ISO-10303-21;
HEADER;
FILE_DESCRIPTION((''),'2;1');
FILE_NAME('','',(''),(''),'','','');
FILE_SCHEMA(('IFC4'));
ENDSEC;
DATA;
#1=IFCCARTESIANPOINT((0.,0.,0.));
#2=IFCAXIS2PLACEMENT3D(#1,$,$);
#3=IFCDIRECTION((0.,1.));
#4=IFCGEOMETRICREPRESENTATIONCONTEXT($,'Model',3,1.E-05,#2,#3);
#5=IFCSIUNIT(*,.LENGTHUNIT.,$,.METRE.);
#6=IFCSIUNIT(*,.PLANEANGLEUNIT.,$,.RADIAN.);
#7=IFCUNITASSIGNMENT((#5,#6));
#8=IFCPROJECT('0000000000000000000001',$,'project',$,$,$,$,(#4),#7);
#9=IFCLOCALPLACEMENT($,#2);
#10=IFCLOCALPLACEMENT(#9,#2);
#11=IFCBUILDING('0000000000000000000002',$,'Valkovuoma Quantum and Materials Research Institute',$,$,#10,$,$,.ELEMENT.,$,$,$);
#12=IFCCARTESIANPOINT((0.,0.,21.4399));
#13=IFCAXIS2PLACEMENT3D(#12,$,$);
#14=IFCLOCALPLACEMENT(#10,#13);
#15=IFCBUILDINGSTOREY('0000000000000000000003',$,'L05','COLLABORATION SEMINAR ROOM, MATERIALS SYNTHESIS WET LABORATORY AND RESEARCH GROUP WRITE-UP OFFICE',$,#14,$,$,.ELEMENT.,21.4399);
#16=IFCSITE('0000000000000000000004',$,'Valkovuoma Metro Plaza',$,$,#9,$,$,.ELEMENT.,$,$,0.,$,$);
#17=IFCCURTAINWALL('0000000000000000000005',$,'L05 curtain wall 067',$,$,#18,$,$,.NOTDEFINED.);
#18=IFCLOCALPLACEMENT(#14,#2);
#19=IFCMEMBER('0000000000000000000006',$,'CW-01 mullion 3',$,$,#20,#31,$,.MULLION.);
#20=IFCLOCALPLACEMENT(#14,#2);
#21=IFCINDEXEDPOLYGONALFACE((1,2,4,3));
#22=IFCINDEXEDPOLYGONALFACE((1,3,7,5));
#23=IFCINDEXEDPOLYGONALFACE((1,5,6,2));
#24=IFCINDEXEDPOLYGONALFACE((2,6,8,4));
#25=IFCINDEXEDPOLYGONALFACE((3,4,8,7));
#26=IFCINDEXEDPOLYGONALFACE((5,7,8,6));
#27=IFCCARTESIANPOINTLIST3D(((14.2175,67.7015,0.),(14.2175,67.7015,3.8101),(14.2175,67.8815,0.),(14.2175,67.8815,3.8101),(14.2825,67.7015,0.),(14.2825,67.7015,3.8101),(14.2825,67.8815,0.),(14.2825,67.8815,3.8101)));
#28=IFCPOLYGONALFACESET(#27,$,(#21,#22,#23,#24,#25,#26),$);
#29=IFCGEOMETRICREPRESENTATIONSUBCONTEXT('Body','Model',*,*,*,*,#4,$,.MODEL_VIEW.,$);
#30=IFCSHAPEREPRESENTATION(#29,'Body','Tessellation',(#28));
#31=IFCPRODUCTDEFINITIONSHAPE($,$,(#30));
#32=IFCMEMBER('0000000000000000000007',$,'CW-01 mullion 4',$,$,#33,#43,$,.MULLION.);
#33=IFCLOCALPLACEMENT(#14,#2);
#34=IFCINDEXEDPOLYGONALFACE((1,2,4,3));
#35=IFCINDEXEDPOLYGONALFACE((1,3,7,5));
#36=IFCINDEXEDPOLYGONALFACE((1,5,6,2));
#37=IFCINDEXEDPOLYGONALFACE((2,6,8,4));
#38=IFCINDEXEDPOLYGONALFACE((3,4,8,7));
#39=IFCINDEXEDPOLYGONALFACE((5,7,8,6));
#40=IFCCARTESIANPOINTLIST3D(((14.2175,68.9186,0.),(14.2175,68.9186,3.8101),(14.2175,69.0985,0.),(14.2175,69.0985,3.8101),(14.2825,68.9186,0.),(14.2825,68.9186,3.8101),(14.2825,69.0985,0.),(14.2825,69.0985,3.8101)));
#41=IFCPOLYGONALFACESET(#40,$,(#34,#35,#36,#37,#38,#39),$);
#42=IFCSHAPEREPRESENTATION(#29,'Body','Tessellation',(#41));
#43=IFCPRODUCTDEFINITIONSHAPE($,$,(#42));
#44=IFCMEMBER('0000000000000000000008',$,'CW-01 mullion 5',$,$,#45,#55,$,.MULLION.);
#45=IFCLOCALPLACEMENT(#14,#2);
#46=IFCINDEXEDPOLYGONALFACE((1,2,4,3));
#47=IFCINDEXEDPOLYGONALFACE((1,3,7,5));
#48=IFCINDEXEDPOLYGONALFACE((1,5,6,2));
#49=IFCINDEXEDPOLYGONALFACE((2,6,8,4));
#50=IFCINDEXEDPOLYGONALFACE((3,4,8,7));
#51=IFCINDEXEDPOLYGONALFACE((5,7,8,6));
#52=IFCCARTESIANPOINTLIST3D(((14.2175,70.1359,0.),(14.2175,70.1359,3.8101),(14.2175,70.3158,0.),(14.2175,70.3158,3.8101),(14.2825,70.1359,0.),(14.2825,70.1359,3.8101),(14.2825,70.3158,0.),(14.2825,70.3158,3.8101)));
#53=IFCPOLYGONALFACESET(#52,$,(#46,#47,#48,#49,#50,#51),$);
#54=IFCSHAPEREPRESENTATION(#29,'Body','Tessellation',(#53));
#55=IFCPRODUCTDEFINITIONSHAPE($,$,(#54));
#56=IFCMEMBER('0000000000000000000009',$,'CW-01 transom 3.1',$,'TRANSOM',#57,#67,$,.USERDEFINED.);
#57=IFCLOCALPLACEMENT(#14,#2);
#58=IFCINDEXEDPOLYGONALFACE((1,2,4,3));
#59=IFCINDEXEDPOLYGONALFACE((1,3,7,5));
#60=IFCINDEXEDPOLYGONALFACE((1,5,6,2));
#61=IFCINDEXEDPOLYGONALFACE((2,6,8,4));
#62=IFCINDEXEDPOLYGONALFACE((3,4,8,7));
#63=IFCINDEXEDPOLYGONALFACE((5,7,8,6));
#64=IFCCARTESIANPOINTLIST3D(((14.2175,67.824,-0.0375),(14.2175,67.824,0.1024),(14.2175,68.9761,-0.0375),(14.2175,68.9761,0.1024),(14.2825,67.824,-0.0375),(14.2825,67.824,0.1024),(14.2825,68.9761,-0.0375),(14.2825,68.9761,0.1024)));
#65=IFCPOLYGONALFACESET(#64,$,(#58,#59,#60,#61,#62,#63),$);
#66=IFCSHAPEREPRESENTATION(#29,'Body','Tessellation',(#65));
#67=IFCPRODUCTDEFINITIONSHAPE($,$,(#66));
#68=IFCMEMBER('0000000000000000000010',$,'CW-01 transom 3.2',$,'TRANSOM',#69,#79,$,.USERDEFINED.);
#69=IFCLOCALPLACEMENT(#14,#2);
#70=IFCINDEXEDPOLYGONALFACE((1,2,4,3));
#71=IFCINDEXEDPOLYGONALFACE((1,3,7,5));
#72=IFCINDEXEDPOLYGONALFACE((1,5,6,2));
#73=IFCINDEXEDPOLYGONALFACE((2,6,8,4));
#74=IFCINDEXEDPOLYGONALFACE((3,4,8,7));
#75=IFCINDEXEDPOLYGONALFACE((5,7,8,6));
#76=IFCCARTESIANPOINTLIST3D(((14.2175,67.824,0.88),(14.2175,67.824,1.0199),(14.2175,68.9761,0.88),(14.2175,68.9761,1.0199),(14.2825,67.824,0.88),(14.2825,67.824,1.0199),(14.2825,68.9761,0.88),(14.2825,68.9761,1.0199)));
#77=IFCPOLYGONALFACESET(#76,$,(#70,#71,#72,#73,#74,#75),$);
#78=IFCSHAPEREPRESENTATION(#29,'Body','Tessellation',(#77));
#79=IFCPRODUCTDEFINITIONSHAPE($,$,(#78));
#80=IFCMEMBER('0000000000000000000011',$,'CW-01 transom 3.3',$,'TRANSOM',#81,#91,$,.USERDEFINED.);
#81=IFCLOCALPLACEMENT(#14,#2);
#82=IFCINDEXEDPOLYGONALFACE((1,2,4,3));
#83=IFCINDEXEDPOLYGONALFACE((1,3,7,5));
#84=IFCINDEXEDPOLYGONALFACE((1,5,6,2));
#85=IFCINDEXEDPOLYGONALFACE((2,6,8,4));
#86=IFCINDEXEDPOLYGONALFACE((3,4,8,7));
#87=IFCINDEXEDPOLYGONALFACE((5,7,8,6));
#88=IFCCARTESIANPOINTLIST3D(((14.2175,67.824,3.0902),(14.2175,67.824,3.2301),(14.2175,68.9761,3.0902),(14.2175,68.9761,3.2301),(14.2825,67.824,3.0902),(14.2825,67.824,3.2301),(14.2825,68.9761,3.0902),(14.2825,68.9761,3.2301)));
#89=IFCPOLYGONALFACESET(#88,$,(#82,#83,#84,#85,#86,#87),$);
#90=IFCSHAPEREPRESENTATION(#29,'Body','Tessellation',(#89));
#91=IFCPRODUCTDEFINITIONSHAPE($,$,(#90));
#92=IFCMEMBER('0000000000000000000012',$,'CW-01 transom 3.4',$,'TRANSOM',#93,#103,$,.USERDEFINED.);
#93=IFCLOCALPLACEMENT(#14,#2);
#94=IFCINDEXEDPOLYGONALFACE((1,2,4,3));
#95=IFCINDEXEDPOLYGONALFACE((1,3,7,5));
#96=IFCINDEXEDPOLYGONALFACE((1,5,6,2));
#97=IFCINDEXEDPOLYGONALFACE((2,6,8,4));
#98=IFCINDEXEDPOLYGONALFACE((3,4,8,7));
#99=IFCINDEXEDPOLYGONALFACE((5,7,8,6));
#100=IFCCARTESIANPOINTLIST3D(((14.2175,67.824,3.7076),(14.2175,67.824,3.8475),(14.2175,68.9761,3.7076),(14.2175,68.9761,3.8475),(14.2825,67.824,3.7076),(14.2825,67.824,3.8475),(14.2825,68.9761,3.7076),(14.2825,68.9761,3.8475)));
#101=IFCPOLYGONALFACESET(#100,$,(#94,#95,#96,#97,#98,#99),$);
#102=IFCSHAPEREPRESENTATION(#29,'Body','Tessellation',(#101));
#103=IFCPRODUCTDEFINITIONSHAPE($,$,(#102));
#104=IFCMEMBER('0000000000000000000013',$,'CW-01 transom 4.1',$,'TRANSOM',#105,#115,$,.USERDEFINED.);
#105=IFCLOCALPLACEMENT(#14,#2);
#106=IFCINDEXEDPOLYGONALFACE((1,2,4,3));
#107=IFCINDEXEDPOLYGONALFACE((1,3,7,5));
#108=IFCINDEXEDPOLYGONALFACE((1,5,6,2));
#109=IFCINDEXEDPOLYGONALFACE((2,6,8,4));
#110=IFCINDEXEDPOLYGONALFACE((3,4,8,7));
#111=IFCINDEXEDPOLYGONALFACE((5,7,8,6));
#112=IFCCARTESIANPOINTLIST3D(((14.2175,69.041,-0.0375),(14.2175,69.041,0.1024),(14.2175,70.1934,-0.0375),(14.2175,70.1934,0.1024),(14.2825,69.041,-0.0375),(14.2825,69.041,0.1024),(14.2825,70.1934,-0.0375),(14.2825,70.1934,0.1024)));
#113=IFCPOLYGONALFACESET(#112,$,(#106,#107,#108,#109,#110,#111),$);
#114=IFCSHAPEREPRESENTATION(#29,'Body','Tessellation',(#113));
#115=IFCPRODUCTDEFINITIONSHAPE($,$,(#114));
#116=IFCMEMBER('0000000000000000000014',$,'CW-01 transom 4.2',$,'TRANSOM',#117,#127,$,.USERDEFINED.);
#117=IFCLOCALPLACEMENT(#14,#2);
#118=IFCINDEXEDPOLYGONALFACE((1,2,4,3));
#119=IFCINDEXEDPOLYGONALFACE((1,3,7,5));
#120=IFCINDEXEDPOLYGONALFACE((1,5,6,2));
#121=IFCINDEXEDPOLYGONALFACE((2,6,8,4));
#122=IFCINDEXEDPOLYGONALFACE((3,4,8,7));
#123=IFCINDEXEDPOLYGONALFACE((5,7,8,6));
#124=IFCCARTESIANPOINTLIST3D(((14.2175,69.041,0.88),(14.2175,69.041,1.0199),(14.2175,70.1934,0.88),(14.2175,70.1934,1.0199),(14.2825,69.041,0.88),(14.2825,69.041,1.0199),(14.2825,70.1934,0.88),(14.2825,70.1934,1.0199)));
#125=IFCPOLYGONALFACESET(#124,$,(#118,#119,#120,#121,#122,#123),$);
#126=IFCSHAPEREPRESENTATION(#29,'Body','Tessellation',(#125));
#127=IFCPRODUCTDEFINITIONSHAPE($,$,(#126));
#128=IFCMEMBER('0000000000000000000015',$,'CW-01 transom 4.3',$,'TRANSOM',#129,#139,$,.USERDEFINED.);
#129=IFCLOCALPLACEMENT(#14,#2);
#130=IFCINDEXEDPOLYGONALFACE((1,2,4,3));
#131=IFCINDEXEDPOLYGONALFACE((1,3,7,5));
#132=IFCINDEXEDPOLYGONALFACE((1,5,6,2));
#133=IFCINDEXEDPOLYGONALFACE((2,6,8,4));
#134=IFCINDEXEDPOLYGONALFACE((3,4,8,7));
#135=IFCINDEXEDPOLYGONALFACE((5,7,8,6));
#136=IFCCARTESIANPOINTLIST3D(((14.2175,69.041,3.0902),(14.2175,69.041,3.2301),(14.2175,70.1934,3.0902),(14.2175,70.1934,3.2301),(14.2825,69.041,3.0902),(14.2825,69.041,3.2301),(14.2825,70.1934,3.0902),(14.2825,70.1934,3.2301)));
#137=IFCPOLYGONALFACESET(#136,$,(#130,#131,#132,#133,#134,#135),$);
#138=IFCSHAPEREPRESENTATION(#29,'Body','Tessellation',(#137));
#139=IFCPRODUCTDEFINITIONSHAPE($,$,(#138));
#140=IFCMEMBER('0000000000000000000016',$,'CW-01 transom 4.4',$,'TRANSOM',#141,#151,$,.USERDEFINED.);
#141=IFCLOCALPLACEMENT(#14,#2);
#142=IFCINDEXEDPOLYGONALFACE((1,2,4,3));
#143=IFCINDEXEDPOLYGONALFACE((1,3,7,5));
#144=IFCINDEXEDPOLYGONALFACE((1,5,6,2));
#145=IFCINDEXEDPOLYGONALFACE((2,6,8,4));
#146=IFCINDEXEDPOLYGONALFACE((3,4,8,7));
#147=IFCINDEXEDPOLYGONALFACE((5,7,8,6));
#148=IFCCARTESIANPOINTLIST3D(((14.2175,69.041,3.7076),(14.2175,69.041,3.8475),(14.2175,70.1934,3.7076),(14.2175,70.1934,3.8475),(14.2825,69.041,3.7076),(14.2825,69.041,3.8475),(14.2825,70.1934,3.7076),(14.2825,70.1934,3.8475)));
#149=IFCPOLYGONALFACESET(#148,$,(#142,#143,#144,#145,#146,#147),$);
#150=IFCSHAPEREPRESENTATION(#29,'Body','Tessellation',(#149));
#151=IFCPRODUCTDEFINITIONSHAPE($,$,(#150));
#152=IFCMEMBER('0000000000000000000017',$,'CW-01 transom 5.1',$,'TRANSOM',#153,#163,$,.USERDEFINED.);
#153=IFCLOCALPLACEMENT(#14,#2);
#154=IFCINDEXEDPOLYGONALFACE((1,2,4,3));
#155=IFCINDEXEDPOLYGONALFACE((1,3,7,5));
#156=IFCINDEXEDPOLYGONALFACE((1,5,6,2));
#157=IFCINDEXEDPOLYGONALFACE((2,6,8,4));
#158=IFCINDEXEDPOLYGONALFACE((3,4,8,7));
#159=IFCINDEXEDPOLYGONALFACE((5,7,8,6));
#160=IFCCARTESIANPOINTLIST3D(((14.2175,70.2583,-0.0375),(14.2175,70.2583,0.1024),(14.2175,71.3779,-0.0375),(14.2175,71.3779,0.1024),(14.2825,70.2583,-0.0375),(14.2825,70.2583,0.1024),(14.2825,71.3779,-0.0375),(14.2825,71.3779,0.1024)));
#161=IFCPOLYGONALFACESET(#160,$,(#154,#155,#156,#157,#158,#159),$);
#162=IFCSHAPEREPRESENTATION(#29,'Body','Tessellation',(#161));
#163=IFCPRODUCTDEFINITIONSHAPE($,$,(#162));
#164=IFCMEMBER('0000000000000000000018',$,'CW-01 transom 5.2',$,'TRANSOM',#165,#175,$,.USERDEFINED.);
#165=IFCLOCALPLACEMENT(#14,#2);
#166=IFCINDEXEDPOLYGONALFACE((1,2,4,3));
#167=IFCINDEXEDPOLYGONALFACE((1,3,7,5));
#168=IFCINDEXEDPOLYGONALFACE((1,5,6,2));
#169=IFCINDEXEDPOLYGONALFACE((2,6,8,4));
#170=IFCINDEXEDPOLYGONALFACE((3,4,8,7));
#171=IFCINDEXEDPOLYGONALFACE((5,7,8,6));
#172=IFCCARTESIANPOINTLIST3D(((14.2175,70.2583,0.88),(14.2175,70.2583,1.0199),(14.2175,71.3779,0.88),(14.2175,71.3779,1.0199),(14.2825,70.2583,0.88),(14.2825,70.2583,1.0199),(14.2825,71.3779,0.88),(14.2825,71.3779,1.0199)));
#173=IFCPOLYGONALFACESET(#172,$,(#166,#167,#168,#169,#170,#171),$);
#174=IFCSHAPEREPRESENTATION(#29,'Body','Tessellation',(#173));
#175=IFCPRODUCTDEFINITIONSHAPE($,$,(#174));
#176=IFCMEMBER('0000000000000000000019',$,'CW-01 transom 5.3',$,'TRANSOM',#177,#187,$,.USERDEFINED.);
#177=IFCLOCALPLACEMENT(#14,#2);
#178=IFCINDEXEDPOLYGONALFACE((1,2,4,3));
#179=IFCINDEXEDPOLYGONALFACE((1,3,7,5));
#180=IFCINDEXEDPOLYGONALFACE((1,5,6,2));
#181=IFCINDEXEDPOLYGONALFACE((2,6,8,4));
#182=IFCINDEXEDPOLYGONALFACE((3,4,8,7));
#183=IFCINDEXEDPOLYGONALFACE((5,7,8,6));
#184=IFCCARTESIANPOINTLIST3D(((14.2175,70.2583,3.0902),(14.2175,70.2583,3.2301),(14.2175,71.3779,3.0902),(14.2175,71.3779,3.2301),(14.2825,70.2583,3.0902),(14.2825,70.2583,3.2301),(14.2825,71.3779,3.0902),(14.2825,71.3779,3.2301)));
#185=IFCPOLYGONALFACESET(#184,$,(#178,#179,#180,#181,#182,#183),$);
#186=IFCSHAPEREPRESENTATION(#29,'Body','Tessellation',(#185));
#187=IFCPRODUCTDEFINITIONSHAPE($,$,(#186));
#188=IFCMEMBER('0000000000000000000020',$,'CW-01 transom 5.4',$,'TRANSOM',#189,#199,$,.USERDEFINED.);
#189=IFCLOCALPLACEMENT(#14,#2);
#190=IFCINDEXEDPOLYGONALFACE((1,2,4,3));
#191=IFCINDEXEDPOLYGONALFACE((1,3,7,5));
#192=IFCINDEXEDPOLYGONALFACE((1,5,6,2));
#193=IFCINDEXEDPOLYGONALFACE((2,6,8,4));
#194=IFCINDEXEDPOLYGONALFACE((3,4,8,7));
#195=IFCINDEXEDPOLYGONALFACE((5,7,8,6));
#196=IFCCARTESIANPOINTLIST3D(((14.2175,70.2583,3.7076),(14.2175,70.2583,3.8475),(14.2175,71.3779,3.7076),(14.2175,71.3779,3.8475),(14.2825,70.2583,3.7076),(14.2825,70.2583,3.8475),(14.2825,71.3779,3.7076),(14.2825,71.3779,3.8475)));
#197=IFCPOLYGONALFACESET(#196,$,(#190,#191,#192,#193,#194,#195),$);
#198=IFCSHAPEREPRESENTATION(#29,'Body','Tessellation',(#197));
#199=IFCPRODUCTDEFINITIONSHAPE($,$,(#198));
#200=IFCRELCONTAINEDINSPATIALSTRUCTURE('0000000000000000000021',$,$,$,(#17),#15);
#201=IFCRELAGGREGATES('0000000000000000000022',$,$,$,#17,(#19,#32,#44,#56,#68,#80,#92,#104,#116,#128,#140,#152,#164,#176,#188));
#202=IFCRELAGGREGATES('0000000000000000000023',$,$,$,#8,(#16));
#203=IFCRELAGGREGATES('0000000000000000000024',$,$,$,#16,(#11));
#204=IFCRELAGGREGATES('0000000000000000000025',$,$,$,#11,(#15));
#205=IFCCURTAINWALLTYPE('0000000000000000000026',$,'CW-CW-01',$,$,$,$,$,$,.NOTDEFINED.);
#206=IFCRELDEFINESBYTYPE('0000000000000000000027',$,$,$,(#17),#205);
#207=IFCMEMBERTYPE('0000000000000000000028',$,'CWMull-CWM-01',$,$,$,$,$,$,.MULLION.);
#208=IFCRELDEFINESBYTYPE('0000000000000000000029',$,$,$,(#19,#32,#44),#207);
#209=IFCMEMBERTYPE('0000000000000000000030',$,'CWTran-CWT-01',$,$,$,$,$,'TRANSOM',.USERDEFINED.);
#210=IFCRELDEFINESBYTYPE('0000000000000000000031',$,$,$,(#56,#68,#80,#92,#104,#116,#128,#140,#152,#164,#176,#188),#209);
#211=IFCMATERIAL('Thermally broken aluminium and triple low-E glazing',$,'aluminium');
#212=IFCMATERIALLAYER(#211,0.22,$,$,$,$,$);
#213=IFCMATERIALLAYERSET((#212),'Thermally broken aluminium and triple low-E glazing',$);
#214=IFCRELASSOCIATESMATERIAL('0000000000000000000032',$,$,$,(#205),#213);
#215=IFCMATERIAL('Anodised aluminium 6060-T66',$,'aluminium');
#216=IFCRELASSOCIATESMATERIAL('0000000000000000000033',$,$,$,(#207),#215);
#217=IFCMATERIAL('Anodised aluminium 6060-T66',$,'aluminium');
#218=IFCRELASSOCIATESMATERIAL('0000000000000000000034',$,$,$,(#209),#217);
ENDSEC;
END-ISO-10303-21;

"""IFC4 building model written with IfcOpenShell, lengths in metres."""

from ifc_helpers import new_model, si_unit, direction, frame, origin, origin_2d, place, context, subcontext, project, spatial, rectangle, extrude, material, layer, layer_set, material_profile, profile_set, type_object, element, aggregate, save


model = new_model("IFC4")

# Units and contexts
model_context = context("Model", 3, precision=1e-05, world=origin(), true_north=direction((0.0, 1.0)))
body_context = subcontext(model_context, "Body", "Model", "MODEL_VIEW")
ifc_project = project(units=[si_unit("LENGTHUNIT", "METRE"), si_unit("PLANEANGLEUNIT", "RADIAN")], contexts=[model_context])

# Site, building, storey
site_placement = place(None, origin())
site = spatial("IfcSite", under=ifc_project, at=site_placement, Name="Valkovuoma Metro Plaza", CompositionType="ELEMENT", RefElevation=0.0)
building_placement = place(site_placement, origin())
building = spatial("IfcBuilding", under=site, at=building_placement, Name="Valkovuoma Quantum and Materials Research Institute", CompositionType="ELEMENT")
storey_placement = place(building_placement, frame((0.0, 0.0, 21.4399)))
storey = spatial("IfcBuildingStorey", under=building, at=storey_placement, Name="L05", Description="COLLABORATION SEMINAR ROOM, MATERIALS SYNTHESIS WET LABORATORY AND RESEARCH GROUP WRITE-UP OFFICE", CompositionType="ELEMENT", Elevation=21.4399)

# Curtain wall, members
ifc_material_1 = material(Name="Thermally broken aluminium and triple low-E glazing", Category="aluminium")
ifc_layer_1 = layer(ifc_material_1, 0.22)
ifc_layer_set_1 = layer_set([ifc_layer_1], Name="Thermally broken aluminium and triple low-E glazing")
curtain_wall_type = type_object("IfcCurtainWallType", Name="CW-CW-01", PredefinedType="NOTDEFINED", material=ifc_layer_set_1)
curtain_wall_placement = place(storey_placement, origin())
curtain_wall = element("IfcCurtainWall", 1, at=curtain_wall_placement, inside=storey, type_object=curtain_wall_type, Name="L05 curtain wall 067", PredefinedType="NOTDEFINED")
ifc_material_2 = material(Name="Anodised aluminium 6060-T66", Category="aluminium")
ifc_material_profile_1 = material_profile(ifc_material_2, rectangle(XDim=0.0649, YDim=0.1799, at=origin_2d()), Name="Anodised aluminium 6060-T66")
ifc_profile_set_1 = profile_set([ifc_material_profile_1], Name="Anodised aluminium 6060-T66")
member_type_1 = type_object("IfcMemberType", Name="CWMull-CWM-01", PredefinedType="MULLION", material=ifc_profile_set_1)
member_1_placement = place(storey_placement, frame((14.25, 67.7915, 0.0), z_axis=(0.0, 0.0, 1.0), x_axis=(-1.0, 0.0, 0.0)))
member_1 = element("IfcMember", 2, at=member_1_placement, type_object=member_type_1, Name="CW-01 mullion 3", PredefinedType="MULLION", context=body_context, shape_type="SweptSolid", body=[
    extrude(rectangle(XDim=0.0649, YDim=0.1799, at=origin_2d()), origin(), (0.0, 0.0, 1.0), 3.8101),
])
member_2_placement = place(storey_placement, frame((14.25, 69.0085, 0.0), z_axis=(0.0, 0.0, 1.0), x_axis=(-1.0, 0.0, 0.0)))
member_2 = element("IfcMember", 3, at=member_2_placement, type_object=member_type_1, Name="CW-01 mullion 4", PredefinedType="MULLION", context=body_context, shape_type="SweptSolid", body=[
    extrude(rectangle(XDim=0.0649, YDim=0.1799, at=origin_2d()), origin(), (0.0, 0.0, 1.0), 3.8101),
])
member_3_placement = place(storey_placement, frame((14.25, 70.2258, 0.0), z_axis=(0.0, 0.0, 1.0), x_axis=(-1.0, 0.0, 0.0)))
member_3 = element("IfcMember", 4, at=member_3_placement, type_object=member_type_1, Name="CW-01 mullion 5", PredefinedType="MULLION", context=body_context, shape_type="SweptSolid", body=[
    extrude(rectangle(XDim=0.0649, YDim=0.1799, at=origin_2d()), origin(), (0.0, 0.0, 1.0), 3.8101),
])
ifc_material_3 = material(Name="Anodised aluminium 6060-T66", Category="aluminium")
ifc_material_profile_2 = material_profile(ifc_material_3, rectangle(XDim=0.0649, YDim=0.1399, at=origin_2d()), Name="Anodised aluminium 6060-T66")
ifc_profile_set_2 = profile_set([ifc_material_profile_2], Name="Anodised aluminium 6060-T66")
member_type_2 = type_object("IfcMemberType", Name="CWTran-CWT-01", ElementType="TRANSOM", PredefinedType="USERDEFINED", material=ifc_profile_set_2)
member_4_placement = place(storey_placement, frame((14.25, 67.824, 0.0325), z_axis=(0.0, 1.0, 0.0), x_axis=(-1.0, 0.0, 0.0)))
member_4 = element("IfcMember", 5, at=member_4_placement, type_object=member_type_2, Name="CW-01 transom 3.1", ObjectType="TRANSOM", PredefinedType="USERDEFINED", context=body_context, shape_type="SweptSolid", body=[
    extrude(rectangle(XDim=0.0649, YDim=0.1399, at=origin_2d()), origin(), (0.0, 0.0, 1.0), 1.1521),
])
member_5_placement = place(storey_placement, frame((14.25, 67.824, 0.95), z_axis=(0.0, 1.0, 0.0), x_axis=(-1.0, 0.0, 0.0)))
member_5 = element("IfcMember", 6, at=member_5_placement, type_object=member_type_2, Name="CW-01 transom 3.2", ObjectType="TRANSOM", PredefinedType="USERDEFINED", context=body_context, shape_type="SweptSolid", body=[
    extrude(rectangle(XDim=0.0649, YDim=0.1399, at=origin_2d()), origin(), (0.0, 0.0, 1.0), 1.1521),
])
member_6_placement = place(storey_placement, frame((14.25, 67.824, 3.1602), z_axis=(0.0, 1.0, 0.0), x_axis=(-1.0, 0.0, 0.0)))
member_6 = element("IfcMember", 7, at=member_6_placement, type_object=member_type_2, Name="CW-01 transom 3.3", ObjectType="TRANSOM", PredefinedType="USERDEFINED", context=body_context, shape_type="SweptSolid", body=[
    extrude(rectangle(XDim=0.0649, YDim=0.1399, at=origin_2d()), origin(), (0.0, 0.0, 1.0), 1.1521),
])
member_7_placement = place(storey_placement, frame((14.25, 67.824, 3.7776), z_axis=(0.0, 1.0, 0.0), x_axis=(-1.0, 0.0, 0.0)))
member_7 = element("IfcMember", 8, at=member_7_placement, type_object=member_type_2, Name="CW-01 transom 3.4", ObjectType="TRANSOM", PredefinedType="USERDEFINED", context=body_context, shape_type="SweptSolid", body=[
    extrude(rectangle(XDim=0.0649, YDim=0.1399, at=origin_2d()), origin(), (0.0, 0.0, 1.0), 1.1521),
])
member_8_placement = place(storey_placement, frame((14.25, 69.041, 0.0325), z_axis=(0.0, 1.0, 0.0), x_axis=(-1.0, 0.0, 0.0)))
member_8 = element("IfcMember", 9, at=member_8_placement, type_object=member_type_2, Name="CW-01 transom 4.1", ObjectType="TRANSOM", PredefinedType="USERDEFINED", context=body_context, shape_type="SweptSolid", body=[
    extrude(rectangle(XDim=0.0649, YDim=0.1399, at=origin_2d()), origin(), (0.0, 0.0, 1.0), 1.1523),
])
member_9_placement = place(storey_placement, frame((14.25, 69.041, 0.95), z_axis=(0.0, 1.0, 0.0), x_axis=(-1.0, 0.0, 0.0)))
member_9 = element("IfcMember", 10, at=member_9_placement, type_object=member_type_2, Name="CW-01 transom 4.2", ObjectType="TRANSOM", PredefinedType="USERDEFINED", context=body_context, shape_type="SweptSolid", body=[
    extrude(rectangle(XDim=0.0649, YDim=0.1399, at=origin_2d()), origin(), (0.0, 0.0, 1.0), 1.1523),
])
member_10_placement = place(storey_placement, frame((14.25, 69.041, 3.1602), z_axis=(0.0, 1.0, 0.0), x_axis=(-1.0, 0.0, 0.0)))
member_10 = element("IfcMember", 11, at=member_10_placement, type_object=member_type_2, Name="CW-01 transom 4.3", ObjectType="TRANSOM", PredefinedType="USERDEFINED", context=body_context, shape_type="SweptSolid", body=[
    extrude(rectangle(XDim=0.0649, YDim=0.1399, at=origin_2d()), origin(), (0.0, 0.0, 1.0), 1.1523),
])
member_11_placement = place(storey_placement, frame((14.25, 69.041, 3.7776), z_axis=(0.0, 1.0, 0.0), x_axis=(-1.0, 0.0, 0.0)))
member_11 = element("IfcMember", 12, at=member_11_placement, type_object=member_type_2, Name="CW-01 transom 4.4", ObjectType="TRANSOM", PredefinedType="USERDEFINED", context=body_context, shape_type="SweptSolid", body=[
    extrude(rectangle(XDim=0.0649, YDim=0.1399, at=origin_2d()), origin(), (0.0, 0.0, 1.0), 1.1523),
])
member_12_placement = place(storey_placement, frame((14.25, 70.2583, 0.0325), z_axis=(0.0, 1.0, 0.0), x_axis=(-1.0, 0.0, 0.0)))
member_12 = element("IfcMember", 13, at=member_12_placement, type_object=member_type_2, Name="CW-01 transom 5.1", ObjectType="TRANSOM", PredefinedType="USERDEFINED", context=body_context, shape_type="SweptSolid", body=[
    extrude(rectangle(XDim=0.0649, YDim=0.1399, at=origin_2d()), origin(), (0.0, 0.0, 1.0), 1.1196),
])
member_13_placement = place(storey_placement, frame((14.25, 70.2583, 0.95), z_axis=(0.0, 1.0, 0.0), x_axis=(-1.0, 0.0, 0.0)))
member_13 = element("IfcMember", 14, at=member_13_placement, type_object=member_type_2, Name="CW-01 transom 5.2", ObjectType="TRANSOM", PredefinedType="USERDEFINED", context=body_context, shape_type="SweptSolid", body=[
    extrude(rectangle(XDim=0.0649, YDim=0.1399, at=origin_2d()), origin(), (0.0, 0.0, 1.0), 1.1196),
])
member_14_placement = place(storey_placement, frame((14.25, 70.2583, 3.1602), z_axis=(0.0, 1.0, 0.0), x_axis=(-1.0, 0.0, 0.0)))
member_14 = element("IfcMember", 15, at=member_14_placement, type_object=member_type_2, Name="CW-01 transom 5.3", ObjectType="TRANSOM", PredefinedType="USERDEFINED", context=body_context, shape_type="SweptSolid", body=[
    extrude(rectangle(XDim=0.0649, YDim=0.1399, at=origin_2d()), origin(), (0.0, 0.0, 1.0), 1.1196),
])
member_15_placement = place(storey_placement, frame((14.25, 70.2583, 3.7776), z_axis=(0.0, 1.0, 0.0), x_axis=(-1.0, 0.0, 0.0)))
member_15 = element("IfcMember", 16, at=member_15_placement, type_object=member_type_2, Name="CW-01 transom 5.4", ObjectType="TRANSOM", PredefinedType="USERDEFINED", context=body_context, shape_type="SweptSolid", body=[
    extrude(rectangle(XDim=0.0649, YDim=0.1399, at=origin_2d()), origin(), (0.0, 0.0, 1.0), 1.1196),
])
aggregate(curtain_wall, [member_1, member_2, member_3, member_4, member_5, member_6, member_7, member_8, member_9, member_10, member_11, member_12, member_13, member_14, member_15])

save(model, "model.ifc")
